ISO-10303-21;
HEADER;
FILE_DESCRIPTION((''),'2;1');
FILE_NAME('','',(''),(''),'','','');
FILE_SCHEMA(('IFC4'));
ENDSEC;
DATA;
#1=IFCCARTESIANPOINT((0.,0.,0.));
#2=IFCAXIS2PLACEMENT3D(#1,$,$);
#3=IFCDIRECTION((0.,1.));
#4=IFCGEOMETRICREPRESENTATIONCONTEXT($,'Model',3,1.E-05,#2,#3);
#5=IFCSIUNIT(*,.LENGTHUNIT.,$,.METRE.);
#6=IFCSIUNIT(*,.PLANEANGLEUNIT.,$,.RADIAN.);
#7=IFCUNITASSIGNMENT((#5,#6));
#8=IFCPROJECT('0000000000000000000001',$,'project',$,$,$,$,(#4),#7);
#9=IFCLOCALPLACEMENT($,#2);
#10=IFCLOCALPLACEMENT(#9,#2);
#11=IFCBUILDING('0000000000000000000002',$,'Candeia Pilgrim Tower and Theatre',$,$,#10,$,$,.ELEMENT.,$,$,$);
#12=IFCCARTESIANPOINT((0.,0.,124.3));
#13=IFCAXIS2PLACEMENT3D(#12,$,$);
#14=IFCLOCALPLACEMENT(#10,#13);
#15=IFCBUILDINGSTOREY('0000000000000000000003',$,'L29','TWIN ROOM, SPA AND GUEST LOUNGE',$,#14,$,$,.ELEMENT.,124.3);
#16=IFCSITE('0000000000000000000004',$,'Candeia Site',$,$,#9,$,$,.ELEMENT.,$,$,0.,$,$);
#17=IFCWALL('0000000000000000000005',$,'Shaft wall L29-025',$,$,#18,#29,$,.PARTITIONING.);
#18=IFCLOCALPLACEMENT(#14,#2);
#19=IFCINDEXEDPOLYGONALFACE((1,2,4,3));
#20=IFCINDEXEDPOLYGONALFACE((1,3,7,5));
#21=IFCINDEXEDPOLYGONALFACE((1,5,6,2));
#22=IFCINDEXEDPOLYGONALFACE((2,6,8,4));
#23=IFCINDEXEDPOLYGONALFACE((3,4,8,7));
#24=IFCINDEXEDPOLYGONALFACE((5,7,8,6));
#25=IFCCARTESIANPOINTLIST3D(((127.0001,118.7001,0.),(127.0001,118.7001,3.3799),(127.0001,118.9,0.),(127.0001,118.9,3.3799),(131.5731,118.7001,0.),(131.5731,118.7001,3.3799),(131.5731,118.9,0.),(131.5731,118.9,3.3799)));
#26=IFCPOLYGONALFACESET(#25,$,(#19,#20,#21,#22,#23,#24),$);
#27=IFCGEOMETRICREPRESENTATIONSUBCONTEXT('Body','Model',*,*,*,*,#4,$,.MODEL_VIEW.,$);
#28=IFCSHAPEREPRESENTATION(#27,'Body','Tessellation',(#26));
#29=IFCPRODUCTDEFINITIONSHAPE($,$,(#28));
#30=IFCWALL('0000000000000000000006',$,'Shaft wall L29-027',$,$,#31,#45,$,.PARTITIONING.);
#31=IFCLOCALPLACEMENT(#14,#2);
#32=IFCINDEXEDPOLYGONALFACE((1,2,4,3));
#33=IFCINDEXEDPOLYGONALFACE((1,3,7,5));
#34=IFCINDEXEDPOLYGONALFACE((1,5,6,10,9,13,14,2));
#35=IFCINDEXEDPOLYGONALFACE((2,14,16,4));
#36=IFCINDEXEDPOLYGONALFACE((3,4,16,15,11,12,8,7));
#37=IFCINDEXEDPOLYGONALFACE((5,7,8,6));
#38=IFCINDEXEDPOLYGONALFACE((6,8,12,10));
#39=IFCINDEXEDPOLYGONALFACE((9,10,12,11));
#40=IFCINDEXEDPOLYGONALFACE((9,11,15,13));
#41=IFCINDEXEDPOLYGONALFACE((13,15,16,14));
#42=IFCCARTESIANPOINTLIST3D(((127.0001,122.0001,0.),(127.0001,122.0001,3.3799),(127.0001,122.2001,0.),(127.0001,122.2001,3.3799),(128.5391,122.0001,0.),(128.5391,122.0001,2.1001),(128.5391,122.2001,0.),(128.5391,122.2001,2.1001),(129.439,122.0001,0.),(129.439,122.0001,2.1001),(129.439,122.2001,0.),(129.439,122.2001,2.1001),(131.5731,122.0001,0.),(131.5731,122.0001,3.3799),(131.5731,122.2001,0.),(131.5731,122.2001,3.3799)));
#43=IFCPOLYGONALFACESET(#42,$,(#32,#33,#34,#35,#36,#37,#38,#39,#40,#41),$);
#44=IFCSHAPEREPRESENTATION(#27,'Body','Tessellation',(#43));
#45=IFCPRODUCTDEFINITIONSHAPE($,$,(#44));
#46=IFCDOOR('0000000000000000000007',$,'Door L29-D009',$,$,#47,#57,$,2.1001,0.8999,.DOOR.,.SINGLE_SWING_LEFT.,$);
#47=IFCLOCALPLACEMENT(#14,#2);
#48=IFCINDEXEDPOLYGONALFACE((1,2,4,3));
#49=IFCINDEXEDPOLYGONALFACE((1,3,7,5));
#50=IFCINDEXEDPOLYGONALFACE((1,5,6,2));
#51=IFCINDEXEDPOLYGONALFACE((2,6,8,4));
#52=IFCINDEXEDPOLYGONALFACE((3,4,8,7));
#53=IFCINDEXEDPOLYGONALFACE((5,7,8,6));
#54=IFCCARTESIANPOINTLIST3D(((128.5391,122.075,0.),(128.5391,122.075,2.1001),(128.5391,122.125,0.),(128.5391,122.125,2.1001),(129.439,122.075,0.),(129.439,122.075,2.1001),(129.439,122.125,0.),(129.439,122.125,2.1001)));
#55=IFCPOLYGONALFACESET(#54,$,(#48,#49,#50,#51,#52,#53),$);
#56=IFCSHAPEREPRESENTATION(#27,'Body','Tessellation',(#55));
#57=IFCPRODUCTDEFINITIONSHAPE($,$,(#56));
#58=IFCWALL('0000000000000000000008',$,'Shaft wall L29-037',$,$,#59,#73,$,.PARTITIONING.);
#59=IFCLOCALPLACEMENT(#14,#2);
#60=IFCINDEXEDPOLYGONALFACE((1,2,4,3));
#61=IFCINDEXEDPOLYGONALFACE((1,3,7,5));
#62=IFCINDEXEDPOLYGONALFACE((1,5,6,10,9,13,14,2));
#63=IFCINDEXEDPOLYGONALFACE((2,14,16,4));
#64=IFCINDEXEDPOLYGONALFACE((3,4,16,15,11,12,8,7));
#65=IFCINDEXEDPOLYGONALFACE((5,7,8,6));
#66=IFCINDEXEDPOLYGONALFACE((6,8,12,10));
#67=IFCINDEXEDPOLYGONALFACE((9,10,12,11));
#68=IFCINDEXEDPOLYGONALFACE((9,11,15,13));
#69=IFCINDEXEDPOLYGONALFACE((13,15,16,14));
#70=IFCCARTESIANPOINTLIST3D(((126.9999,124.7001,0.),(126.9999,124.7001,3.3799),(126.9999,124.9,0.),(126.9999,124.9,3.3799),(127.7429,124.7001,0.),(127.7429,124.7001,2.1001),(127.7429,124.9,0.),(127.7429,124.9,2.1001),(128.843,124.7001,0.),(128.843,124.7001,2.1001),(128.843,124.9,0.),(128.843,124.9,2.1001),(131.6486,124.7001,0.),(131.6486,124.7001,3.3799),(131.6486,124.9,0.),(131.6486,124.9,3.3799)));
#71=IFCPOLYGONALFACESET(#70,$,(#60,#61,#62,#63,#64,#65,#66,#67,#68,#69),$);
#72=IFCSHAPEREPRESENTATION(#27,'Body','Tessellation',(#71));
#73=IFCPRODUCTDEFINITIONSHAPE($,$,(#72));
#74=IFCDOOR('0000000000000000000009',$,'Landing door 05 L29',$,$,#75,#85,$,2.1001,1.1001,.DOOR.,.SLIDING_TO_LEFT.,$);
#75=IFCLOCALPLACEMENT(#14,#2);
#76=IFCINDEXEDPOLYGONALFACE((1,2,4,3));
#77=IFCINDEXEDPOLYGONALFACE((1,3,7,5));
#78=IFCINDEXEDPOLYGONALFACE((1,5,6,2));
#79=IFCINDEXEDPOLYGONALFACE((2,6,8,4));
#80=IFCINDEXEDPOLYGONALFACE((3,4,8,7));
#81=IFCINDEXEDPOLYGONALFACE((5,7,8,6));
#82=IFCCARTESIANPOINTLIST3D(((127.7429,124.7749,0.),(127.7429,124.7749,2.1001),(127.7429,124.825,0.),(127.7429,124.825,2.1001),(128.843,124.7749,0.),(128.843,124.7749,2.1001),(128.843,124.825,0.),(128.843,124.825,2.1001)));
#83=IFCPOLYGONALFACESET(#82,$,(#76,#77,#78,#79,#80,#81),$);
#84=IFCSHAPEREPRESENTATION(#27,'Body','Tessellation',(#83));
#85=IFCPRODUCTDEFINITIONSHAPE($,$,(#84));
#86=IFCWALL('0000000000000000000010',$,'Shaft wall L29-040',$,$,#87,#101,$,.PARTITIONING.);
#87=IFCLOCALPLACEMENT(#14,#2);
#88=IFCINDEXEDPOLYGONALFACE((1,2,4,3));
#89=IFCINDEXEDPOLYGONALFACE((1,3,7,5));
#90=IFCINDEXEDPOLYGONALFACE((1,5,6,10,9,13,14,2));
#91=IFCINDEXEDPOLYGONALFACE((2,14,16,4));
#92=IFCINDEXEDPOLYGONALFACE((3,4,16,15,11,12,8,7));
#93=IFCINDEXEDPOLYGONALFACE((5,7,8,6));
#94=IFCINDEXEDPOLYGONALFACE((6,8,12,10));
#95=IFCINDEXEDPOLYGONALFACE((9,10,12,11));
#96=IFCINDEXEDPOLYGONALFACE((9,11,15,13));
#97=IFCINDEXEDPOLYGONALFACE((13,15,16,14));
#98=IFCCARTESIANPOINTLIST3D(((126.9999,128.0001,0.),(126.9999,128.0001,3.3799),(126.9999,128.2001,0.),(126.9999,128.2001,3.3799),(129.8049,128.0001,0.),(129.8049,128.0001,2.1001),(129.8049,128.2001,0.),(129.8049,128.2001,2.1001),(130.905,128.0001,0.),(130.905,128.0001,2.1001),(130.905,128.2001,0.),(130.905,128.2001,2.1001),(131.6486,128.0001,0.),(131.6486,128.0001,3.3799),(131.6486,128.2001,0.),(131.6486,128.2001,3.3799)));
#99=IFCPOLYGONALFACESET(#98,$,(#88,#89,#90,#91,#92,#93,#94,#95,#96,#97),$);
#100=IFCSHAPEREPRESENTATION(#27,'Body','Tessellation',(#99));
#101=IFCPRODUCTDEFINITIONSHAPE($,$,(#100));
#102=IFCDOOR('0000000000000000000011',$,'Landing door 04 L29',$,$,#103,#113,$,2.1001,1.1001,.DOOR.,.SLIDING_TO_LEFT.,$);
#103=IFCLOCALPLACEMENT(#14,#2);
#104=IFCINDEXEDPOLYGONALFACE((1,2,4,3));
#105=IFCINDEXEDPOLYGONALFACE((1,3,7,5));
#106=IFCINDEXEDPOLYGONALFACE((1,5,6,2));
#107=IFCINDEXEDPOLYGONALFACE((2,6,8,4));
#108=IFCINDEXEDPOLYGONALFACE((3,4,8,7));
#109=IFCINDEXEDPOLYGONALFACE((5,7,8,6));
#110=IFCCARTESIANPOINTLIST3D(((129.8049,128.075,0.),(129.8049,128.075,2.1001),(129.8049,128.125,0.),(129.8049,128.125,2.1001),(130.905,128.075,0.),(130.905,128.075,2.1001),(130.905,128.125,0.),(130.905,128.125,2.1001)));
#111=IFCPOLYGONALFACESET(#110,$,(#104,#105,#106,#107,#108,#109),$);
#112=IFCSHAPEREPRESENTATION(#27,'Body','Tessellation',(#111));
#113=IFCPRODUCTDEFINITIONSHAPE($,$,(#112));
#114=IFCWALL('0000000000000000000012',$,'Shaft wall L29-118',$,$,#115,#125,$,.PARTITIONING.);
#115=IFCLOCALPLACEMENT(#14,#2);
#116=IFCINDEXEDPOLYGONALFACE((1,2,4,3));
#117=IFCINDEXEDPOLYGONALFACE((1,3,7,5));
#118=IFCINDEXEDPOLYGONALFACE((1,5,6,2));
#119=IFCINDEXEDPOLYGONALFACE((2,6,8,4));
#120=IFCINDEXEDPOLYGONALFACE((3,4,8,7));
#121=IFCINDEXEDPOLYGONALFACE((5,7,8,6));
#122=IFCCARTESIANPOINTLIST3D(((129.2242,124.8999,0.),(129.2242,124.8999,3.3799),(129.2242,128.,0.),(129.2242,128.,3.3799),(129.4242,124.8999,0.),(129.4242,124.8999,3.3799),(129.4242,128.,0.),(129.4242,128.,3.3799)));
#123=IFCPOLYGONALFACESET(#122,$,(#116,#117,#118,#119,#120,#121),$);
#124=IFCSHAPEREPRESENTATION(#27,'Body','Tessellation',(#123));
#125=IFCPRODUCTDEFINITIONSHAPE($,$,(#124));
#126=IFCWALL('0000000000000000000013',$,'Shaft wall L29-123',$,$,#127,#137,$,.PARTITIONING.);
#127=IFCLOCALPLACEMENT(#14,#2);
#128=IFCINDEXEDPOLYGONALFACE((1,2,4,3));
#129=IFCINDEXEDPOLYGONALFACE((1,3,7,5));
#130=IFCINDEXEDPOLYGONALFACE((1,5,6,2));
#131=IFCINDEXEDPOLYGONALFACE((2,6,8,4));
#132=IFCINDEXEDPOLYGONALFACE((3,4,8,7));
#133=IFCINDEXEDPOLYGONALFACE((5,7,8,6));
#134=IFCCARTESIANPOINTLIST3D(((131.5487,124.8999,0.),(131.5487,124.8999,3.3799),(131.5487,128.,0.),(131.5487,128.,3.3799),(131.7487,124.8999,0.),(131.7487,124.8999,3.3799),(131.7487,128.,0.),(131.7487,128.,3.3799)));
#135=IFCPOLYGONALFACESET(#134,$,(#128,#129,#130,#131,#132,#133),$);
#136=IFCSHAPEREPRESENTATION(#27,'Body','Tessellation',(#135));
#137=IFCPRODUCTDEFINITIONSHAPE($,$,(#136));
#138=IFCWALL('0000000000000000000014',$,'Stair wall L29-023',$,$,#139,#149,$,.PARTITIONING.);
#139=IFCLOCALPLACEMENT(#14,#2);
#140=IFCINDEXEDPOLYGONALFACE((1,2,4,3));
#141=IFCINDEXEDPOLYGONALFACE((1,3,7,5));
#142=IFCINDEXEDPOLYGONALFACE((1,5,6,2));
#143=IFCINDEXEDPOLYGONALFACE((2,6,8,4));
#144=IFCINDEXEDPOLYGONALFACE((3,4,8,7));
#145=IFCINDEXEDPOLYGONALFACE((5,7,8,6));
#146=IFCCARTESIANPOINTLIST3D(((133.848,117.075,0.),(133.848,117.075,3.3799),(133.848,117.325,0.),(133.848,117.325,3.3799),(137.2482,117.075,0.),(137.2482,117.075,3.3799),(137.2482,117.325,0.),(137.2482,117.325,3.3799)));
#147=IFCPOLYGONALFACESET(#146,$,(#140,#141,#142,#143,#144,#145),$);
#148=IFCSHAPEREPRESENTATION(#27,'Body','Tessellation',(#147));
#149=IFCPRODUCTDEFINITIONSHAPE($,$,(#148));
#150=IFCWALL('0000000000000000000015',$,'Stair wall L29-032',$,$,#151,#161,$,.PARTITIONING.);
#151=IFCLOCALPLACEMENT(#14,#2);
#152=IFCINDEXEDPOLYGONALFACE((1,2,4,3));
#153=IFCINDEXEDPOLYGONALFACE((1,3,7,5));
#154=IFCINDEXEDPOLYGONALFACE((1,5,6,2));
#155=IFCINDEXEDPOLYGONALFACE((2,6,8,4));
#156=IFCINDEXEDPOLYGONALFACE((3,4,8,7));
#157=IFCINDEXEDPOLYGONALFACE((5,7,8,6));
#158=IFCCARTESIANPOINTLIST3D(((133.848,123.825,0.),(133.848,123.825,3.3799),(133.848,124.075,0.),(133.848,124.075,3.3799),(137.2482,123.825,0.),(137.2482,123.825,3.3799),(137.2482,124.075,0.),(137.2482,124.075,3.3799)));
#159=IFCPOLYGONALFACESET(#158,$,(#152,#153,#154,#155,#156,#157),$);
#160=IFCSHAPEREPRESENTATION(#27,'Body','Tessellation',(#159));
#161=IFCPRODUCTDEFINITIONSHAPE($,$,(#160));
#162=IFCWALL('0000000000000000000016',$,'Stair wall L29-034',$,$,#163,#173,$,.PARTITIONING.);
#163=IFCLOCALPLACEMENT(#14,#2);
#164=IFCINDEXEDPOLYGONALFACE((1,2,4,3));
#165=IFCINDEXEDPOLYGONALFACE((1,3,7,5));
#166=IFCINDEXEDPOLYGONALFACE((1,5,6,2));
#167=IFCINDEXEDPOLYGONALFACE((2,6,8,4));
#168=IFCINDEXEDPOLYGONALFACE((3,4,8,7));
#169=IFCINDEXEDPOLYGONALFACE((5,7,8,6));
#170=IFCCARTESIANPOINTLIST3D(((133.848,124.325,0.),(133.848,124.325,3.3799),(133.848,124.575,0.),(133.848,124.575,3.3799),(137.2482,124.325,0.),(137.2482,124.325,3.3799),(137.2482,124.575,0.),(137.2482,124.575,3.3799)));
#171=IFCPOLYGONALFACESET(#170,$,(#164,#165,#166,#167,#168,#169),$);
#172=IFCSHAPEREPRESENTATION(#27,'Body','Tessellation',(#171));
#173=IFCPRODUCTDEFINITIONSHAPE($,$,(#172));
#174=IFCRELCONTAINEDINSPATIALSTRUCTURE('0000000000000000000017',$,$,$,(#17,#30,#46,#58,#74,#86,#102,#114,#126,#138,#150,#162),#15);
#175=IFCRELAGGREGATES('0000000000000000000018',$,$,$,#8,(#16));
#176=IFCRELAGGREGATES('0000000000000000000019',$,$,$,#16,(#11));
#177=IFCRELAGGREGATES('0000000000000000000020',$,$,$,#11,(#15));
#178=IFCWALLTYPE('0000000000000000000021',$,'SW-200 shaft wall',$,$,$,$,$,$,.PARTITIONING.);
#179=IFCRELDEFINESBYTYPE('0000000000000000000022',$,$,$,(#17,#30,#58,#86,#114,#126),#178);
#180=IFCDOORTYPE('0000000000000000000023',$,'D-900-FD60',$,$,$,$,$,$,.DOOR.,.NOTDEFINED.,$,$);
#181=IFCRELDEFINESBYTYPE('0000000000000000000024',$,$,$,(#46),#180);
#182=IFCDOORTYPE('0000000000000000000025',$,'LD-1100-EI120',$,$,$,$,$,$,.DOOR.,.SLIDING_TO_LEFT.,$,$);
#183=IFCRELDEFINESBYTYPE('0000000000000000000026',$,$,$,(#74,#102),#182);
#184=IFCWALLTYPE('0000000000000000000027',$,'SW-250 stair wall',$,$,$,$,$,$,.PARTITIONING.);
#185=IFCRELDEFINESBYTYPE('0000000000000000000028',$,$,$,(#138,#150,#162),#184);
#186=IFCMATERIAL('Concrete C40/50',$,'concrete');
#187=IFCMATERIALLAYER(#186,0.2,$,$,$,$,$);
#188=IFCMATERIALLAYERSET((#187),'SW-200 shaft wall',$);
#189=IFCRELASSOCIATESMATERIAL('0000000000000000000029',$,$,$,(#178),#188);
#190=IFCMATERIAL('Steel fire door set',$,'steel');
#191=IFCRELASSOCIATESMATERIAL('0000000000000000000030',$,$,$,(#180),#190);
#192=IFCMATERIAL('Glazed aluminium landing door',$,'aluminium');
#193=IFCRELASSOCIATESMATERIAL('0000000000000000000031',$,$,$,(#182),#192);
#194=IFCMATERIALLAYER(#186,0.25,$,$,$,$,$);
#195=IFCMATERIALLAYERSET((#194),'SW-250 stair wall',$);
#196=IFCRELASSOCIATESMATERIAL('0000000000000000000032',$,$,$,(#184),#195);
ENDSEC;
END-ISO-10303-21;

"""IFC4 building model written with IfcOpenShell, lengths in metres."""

from ifc_helpers import new_model, si_unit, direction, frame, frame_2d, origin, place, context, subcontext, project, spatial, rectangle, extrude, material, layer, layer_set, type_object, element, fill, save


model = new_model("IFC4")

# Units and contexts
model_context = context("Model", 3, precision=1e-05, world=origin(), true_north=direction((0.0, 1.0)))
body_context = subcontext(model_context, "Body", "Model", "MODEL_VIEW")
ifc_project = project(units=[si_unit("LENGTHUNIT", "METRE"), si_unit("PLANEANGLEUNIT", "RADIAN")], contexts=[model_context])

# Site, building, storey
site_placement = place(None, origin())
site = spatial("IfcSite", under=ifc_project, at=site_placement, Name="Candeia Site", CompositionType="ELEMENT", RefElevation=0.0)
building_placement = place(site_placement, origin())
building = spatial("IfcBuilding", under=site, at=building_placement, Name="Candeia Pilgrim Tower and Theatre", CompositionType="ELEMENT")
storey_placement = place(building_placement, frame((0.0, 0.0, 124.3)))
storey = spatial("IfcBuildingStorey", under=building, at=storey_placement, Name="L29", Description="TWIN ROOM, SPA AND GUEST LOUNGE", CompositionType="ELEMENT", Elevation=124.3)

# Shared definitions
ifc_material_1 = material(Name="Steel fire door set", Category="steel")

# Wall
ifc_material_2 = material(Name="Concrete C40/50", Category="concrete")
ifc_layer_1 = layer(ifc_material_2, 0.2)
ifc_layer_set_1 = layer_set([ifc_layer_1], Name="SW-200 shaft wall")
wall_type_1 = type_object("IfcWallType", Name="SW-200 shaft wall", PredefinedType="PARTITIONING", material=ifc_layer_set_1)
wall_1_placement = place(storey_placement, frame((127.0, 118.8, 0.0), z_axis=(0.0, 0.0, 1.0), x_axis=(1.0, 0.0, 0.0)))
element("IfcWall", 1, at=wall_1_placement, inside=storey, type_object=wall_type_1, Name="Shaft wall L29-025", PredefinedType="PARTITIONING", context=body_context, shape_type="SweptSolid", body=[
    extrude(rectangle(XDim=4.573, YDim=0.2, at=frame_2d((2.2866, 0.0))), origin(), (0.0, 0.0, 1.0), 3.3799),
])

# Walls, openings, doors
wall_2_placement = place(storey_placement, frame((127.0, 122.1001, 0.0), z_axis=(0.0, 0.0, 1.0), x_axis=(1.0, 0.0, 0.0)))
wall_2 = element("IfcWall", 2, at=wall_2_placement, inside=storey, type_object=wall_type_1, Name="Shaft wall L29-027", PredefinedType="PARTITIONING", context=body_context, shape_type="SweptSolid", body=[
    extrude(rectangle(XDim=4.573, YDim=0.2, at=frame_2d((2.2866, 0.0))), origin(), (0.0, 0.0, 1.0), 3.3799),
])
opening_1_placement = place(wall_2_placement, frame((1.5391, 0.0, 0.0)))
opening_1 = element("IfcOpeningElement", 3, at=opening_1_placement, cuts=wall_2, PredefinedType="OPENING", context=body_context, shape_type="SweptSolid", body=[
    extrude(rectangle(XDim=0.8999, YDim=2.1001, at=frame_2d((0.45, 1.05))), frame((0.0, 0.1099, 0.0), z_axis=(0.0, -1.0, 0.0), x_axis=(1.0, 0.0, 0.0)), (0.0, 0.0, 1.0), 0.22),
])
door_type_1 = type_object("IfcDoorType", Name="D-900-FD60", OperationType="NOTDEFINED", PredefinedType="DOOR", material=ifc_material_1)
door_1_placement = place(opening_1_placement, origin())
door_1 = element("IfcDoor", 4, at=door_1_placement, inside=storey, type_object=door_type_1, Name="Door L29-D009", OperationType="SINGLE_SWING_LEFT", OverallHeight=2.1001, OverallWidth=0.8999, PredefinedType="DOOR", context=body_context, shape_type="SweptSolid", body=[
    extrude(rectangle(XDim=0.8999, YDim=2.1001, at=frame_2d((0.45, 1.05))), frame((0.0, 0.0249, 0.0), z_axis=(0.0, -1.0, 0.0), x_axis=(1.0, 0.0, 0.0)), (0.0, 0.0, 1.0), 0.05),
])
fill(opening_1, door_1)
wall_3_placement = place(storey_placement, frame((127.0, 124.8, 0.0), z_axis=(0.0, 0.0, 1.0), x_axis=(1.0, 0.0, 0.0)))
wall_3 = element("IfcWall", 5, at=wall_3_placement, inside=storey, type_object=wall_type_1, Name="Shaft wall L29-037", PredefinedType="PARTITIONING", context=body_context, shape_type="SweptSolid", body=[
    extrude(rectangle(XDim=4.6487, YDim=0.2, at=frame_2d((2.3242, 0.0))), origin(), (0.0, 0.0, 1.0), 3.3799),
])
opening_2_placement = place(wall_3_placement, frame((0.7429, 0.0, 0.0)))
opening_2 = element("IfcOpeningElement", 6, at=opening_2_placement, cuts=wall_3, PredefinedType="OPENING", context=body_context, shape_type="SweptSolid", body=[
    extrude(rectangle(XDim=1.1001, YDim=2.1001, at=frame_2d((0.55, 1.05))), frame((0.0, 0.1099, 0.0), z_axis=(0.0, -1.0, 0.0), x_axis=(1.0, 0.0, 0.0)), (0.0, 0.0, 1.0), 0.22),
])
ifc_material_3 = material(Name="Glazed aluminium landing door", Category="aluminium")
door_type_2 = type_object("IfcDoorType", Name="LD-1100-EI120", OperationType="SLIDING_TO_LEFT", PredefinedType="DOOR", material=ifc_material_3)
door_2_placement = place(opening_2_placement, origin())
door_2 = element("IfcDoor", 7, at=door_2_placement, inside=storey, type_object=door_type_2, Name="Landing door 05 L29", OperationType="SLIDING_TO_LEFT", OverallHeight=2.1001, OverallWidth=1.1001, PredefinedType="DOOR", context=body_context, shape_type="SweptSolid", body=[
    extrude(rectangle(XDim=1.1001, YDim=2.1001, at=frame_2d((0.55, 1.05))), frame((0.0, 0.0249, 0.0), z_axis=(0.0, -1.0, 0.0), x_axis=(1.0, 0.0, 0.0)), (0.0, 0.0, 1.0), 0.05),
])
fill(opening_2, door_2)
wall_4_placement = place(storey_placement, frame((127.0, 128.1001, 0.0), z_axis=(0.0, 0.0, 1.0), x_axis=(1.0, 0.0, 0.0)))
wall_4 = element("IfcWall", 8, at=wall_4_placement, inside=storey, type_object=wall_type_1, Name="Shaft wall L29-040", PredefinedType="PARTITIONING", context=body_context, shape_type="SweptSolid", body=[
    extrude(rectangle(XDim=4.6487, YDim=0.2, at=frame_2d((2.3242, 0.0))), origin(), (0.0, 0.0, 1.0), 3.3799),
])
opening_3_placement = place(wall_4_placement, frame((2.8049, 0.0, 0.0)))
opening_3 = element("IfcOpeningElement", 9, at=opening_3_placement, cuts=wall_4, PredefinedType="OPENING", context=body_context, shape_type="SweptSolid", body=[
    extrude(rectangle(XDim=1.1001, YDim=2.1001, at=frame_2d((0.55, 1.05))), frame((0.0, 0.1099, 0.0), z_axis=(0.0, -1.0, 0.0), x_axis=(1.0, 0.0, 0.0)), (0.0, 0.0, 1.0), 0.22),
])
door_3_placement = place(opening_3_placement, origin())
door_3 = element("IfcDoor", 10, at=door_3_placement, inside=storey, type_object=door_type_2, Name="Landing door 04 L29", OperationType="SLIDING_TO_LEFT", OverallHeight=2.1001, OverallWidth=1.1001, PredefinedType="DOOR", context=body_context, shape_type="SweptSolid", body=[
    extrude(rectangle(XDim=1.1001, YDim=2.1001, at=frame_2d((0.55, 1.05))), frame((0.0, 0.0249, 0.0), z_axis=(0.0, -1.0, 0.0), x_axis=(1.0, 0.0, 0.0)), (0.0, 0.0, 1.0), 0.05),
])
fill(opening_3, door_3)

# Walls
for number, where, z_axis, x_axis, name in (
    (11, (129.3242, 124.8999, 0.0), (0.0, 0.0, 1.0), (0.0, 1.0, 0.0), "Shaft wall L29-118"),
    (12, (131.6487, 124.8999, 0.0), (0.0, 0.0, 1.0), (0.0, 1.0, 0.0), "Shaft wall L29-123"),
):
    element("IfcWall", number, at=place(storey_placement, frame(where, z_axis=z_axis, x_axis=x_axis)), inside=storey, type_object=wall_type_1, Name=name, PredefinedType="PARTITIONING", context=body_context, shape_type="SweptSolid", body=[
        extrude(rectangle(XDim=3.1001, YDim=0.2, at=frame_2d((1.55, 0.0))), origin(), (0.0, 0.0, 1.0), 3.3799),
    ])
ifc_layer_2 = layer(ifc_material_2, 0.25)
ifc_layer_set_2 = layer_set([ifc_layer_2], Name="SW-250 stair wall")
wall_type_2 = type_object("IfcWallType", Name="SW-250 stair wall", PredefinedType="PARTITIONING", material=ifc_layer_set_2)
for number, where, z_axis, x_axis, name in (
    (13, (133.8479, 117.2, 0.0), (0.0, 0.0, 1.0), (1.0, 0.0, 0.0), "Stair wall L29-023"),
    (14, (133.8479, 123.95, 0.0), (0.0, 0.0, 1.0), (1.0, 0.0, 0.0), "Stair wall L29-032"),
    (15, (133.8479, 124.45, 0.0), (0.0, 0.0, 1.0), (1.0, 0.0, 0.0), "Stair wall L29-034"),
):
    element("IfcWall", number, at=place(storey_placement, frame(where, z_axis=z_axis, x_axis=x_axis)), inside=storey, type_object=wall_type_2, Name=name, PredefinedType="PARTITIONING", context=body_context, shape_type="SweptSolid", body=[
        extrude(rectangle(XDim=3.4001, YDim=0.25, at=frame_2d((1.7002, 0.0))), origin(), (0.0, 0.0, 1.0), 3.3799),
    ])

save(model, "model.ifc")
